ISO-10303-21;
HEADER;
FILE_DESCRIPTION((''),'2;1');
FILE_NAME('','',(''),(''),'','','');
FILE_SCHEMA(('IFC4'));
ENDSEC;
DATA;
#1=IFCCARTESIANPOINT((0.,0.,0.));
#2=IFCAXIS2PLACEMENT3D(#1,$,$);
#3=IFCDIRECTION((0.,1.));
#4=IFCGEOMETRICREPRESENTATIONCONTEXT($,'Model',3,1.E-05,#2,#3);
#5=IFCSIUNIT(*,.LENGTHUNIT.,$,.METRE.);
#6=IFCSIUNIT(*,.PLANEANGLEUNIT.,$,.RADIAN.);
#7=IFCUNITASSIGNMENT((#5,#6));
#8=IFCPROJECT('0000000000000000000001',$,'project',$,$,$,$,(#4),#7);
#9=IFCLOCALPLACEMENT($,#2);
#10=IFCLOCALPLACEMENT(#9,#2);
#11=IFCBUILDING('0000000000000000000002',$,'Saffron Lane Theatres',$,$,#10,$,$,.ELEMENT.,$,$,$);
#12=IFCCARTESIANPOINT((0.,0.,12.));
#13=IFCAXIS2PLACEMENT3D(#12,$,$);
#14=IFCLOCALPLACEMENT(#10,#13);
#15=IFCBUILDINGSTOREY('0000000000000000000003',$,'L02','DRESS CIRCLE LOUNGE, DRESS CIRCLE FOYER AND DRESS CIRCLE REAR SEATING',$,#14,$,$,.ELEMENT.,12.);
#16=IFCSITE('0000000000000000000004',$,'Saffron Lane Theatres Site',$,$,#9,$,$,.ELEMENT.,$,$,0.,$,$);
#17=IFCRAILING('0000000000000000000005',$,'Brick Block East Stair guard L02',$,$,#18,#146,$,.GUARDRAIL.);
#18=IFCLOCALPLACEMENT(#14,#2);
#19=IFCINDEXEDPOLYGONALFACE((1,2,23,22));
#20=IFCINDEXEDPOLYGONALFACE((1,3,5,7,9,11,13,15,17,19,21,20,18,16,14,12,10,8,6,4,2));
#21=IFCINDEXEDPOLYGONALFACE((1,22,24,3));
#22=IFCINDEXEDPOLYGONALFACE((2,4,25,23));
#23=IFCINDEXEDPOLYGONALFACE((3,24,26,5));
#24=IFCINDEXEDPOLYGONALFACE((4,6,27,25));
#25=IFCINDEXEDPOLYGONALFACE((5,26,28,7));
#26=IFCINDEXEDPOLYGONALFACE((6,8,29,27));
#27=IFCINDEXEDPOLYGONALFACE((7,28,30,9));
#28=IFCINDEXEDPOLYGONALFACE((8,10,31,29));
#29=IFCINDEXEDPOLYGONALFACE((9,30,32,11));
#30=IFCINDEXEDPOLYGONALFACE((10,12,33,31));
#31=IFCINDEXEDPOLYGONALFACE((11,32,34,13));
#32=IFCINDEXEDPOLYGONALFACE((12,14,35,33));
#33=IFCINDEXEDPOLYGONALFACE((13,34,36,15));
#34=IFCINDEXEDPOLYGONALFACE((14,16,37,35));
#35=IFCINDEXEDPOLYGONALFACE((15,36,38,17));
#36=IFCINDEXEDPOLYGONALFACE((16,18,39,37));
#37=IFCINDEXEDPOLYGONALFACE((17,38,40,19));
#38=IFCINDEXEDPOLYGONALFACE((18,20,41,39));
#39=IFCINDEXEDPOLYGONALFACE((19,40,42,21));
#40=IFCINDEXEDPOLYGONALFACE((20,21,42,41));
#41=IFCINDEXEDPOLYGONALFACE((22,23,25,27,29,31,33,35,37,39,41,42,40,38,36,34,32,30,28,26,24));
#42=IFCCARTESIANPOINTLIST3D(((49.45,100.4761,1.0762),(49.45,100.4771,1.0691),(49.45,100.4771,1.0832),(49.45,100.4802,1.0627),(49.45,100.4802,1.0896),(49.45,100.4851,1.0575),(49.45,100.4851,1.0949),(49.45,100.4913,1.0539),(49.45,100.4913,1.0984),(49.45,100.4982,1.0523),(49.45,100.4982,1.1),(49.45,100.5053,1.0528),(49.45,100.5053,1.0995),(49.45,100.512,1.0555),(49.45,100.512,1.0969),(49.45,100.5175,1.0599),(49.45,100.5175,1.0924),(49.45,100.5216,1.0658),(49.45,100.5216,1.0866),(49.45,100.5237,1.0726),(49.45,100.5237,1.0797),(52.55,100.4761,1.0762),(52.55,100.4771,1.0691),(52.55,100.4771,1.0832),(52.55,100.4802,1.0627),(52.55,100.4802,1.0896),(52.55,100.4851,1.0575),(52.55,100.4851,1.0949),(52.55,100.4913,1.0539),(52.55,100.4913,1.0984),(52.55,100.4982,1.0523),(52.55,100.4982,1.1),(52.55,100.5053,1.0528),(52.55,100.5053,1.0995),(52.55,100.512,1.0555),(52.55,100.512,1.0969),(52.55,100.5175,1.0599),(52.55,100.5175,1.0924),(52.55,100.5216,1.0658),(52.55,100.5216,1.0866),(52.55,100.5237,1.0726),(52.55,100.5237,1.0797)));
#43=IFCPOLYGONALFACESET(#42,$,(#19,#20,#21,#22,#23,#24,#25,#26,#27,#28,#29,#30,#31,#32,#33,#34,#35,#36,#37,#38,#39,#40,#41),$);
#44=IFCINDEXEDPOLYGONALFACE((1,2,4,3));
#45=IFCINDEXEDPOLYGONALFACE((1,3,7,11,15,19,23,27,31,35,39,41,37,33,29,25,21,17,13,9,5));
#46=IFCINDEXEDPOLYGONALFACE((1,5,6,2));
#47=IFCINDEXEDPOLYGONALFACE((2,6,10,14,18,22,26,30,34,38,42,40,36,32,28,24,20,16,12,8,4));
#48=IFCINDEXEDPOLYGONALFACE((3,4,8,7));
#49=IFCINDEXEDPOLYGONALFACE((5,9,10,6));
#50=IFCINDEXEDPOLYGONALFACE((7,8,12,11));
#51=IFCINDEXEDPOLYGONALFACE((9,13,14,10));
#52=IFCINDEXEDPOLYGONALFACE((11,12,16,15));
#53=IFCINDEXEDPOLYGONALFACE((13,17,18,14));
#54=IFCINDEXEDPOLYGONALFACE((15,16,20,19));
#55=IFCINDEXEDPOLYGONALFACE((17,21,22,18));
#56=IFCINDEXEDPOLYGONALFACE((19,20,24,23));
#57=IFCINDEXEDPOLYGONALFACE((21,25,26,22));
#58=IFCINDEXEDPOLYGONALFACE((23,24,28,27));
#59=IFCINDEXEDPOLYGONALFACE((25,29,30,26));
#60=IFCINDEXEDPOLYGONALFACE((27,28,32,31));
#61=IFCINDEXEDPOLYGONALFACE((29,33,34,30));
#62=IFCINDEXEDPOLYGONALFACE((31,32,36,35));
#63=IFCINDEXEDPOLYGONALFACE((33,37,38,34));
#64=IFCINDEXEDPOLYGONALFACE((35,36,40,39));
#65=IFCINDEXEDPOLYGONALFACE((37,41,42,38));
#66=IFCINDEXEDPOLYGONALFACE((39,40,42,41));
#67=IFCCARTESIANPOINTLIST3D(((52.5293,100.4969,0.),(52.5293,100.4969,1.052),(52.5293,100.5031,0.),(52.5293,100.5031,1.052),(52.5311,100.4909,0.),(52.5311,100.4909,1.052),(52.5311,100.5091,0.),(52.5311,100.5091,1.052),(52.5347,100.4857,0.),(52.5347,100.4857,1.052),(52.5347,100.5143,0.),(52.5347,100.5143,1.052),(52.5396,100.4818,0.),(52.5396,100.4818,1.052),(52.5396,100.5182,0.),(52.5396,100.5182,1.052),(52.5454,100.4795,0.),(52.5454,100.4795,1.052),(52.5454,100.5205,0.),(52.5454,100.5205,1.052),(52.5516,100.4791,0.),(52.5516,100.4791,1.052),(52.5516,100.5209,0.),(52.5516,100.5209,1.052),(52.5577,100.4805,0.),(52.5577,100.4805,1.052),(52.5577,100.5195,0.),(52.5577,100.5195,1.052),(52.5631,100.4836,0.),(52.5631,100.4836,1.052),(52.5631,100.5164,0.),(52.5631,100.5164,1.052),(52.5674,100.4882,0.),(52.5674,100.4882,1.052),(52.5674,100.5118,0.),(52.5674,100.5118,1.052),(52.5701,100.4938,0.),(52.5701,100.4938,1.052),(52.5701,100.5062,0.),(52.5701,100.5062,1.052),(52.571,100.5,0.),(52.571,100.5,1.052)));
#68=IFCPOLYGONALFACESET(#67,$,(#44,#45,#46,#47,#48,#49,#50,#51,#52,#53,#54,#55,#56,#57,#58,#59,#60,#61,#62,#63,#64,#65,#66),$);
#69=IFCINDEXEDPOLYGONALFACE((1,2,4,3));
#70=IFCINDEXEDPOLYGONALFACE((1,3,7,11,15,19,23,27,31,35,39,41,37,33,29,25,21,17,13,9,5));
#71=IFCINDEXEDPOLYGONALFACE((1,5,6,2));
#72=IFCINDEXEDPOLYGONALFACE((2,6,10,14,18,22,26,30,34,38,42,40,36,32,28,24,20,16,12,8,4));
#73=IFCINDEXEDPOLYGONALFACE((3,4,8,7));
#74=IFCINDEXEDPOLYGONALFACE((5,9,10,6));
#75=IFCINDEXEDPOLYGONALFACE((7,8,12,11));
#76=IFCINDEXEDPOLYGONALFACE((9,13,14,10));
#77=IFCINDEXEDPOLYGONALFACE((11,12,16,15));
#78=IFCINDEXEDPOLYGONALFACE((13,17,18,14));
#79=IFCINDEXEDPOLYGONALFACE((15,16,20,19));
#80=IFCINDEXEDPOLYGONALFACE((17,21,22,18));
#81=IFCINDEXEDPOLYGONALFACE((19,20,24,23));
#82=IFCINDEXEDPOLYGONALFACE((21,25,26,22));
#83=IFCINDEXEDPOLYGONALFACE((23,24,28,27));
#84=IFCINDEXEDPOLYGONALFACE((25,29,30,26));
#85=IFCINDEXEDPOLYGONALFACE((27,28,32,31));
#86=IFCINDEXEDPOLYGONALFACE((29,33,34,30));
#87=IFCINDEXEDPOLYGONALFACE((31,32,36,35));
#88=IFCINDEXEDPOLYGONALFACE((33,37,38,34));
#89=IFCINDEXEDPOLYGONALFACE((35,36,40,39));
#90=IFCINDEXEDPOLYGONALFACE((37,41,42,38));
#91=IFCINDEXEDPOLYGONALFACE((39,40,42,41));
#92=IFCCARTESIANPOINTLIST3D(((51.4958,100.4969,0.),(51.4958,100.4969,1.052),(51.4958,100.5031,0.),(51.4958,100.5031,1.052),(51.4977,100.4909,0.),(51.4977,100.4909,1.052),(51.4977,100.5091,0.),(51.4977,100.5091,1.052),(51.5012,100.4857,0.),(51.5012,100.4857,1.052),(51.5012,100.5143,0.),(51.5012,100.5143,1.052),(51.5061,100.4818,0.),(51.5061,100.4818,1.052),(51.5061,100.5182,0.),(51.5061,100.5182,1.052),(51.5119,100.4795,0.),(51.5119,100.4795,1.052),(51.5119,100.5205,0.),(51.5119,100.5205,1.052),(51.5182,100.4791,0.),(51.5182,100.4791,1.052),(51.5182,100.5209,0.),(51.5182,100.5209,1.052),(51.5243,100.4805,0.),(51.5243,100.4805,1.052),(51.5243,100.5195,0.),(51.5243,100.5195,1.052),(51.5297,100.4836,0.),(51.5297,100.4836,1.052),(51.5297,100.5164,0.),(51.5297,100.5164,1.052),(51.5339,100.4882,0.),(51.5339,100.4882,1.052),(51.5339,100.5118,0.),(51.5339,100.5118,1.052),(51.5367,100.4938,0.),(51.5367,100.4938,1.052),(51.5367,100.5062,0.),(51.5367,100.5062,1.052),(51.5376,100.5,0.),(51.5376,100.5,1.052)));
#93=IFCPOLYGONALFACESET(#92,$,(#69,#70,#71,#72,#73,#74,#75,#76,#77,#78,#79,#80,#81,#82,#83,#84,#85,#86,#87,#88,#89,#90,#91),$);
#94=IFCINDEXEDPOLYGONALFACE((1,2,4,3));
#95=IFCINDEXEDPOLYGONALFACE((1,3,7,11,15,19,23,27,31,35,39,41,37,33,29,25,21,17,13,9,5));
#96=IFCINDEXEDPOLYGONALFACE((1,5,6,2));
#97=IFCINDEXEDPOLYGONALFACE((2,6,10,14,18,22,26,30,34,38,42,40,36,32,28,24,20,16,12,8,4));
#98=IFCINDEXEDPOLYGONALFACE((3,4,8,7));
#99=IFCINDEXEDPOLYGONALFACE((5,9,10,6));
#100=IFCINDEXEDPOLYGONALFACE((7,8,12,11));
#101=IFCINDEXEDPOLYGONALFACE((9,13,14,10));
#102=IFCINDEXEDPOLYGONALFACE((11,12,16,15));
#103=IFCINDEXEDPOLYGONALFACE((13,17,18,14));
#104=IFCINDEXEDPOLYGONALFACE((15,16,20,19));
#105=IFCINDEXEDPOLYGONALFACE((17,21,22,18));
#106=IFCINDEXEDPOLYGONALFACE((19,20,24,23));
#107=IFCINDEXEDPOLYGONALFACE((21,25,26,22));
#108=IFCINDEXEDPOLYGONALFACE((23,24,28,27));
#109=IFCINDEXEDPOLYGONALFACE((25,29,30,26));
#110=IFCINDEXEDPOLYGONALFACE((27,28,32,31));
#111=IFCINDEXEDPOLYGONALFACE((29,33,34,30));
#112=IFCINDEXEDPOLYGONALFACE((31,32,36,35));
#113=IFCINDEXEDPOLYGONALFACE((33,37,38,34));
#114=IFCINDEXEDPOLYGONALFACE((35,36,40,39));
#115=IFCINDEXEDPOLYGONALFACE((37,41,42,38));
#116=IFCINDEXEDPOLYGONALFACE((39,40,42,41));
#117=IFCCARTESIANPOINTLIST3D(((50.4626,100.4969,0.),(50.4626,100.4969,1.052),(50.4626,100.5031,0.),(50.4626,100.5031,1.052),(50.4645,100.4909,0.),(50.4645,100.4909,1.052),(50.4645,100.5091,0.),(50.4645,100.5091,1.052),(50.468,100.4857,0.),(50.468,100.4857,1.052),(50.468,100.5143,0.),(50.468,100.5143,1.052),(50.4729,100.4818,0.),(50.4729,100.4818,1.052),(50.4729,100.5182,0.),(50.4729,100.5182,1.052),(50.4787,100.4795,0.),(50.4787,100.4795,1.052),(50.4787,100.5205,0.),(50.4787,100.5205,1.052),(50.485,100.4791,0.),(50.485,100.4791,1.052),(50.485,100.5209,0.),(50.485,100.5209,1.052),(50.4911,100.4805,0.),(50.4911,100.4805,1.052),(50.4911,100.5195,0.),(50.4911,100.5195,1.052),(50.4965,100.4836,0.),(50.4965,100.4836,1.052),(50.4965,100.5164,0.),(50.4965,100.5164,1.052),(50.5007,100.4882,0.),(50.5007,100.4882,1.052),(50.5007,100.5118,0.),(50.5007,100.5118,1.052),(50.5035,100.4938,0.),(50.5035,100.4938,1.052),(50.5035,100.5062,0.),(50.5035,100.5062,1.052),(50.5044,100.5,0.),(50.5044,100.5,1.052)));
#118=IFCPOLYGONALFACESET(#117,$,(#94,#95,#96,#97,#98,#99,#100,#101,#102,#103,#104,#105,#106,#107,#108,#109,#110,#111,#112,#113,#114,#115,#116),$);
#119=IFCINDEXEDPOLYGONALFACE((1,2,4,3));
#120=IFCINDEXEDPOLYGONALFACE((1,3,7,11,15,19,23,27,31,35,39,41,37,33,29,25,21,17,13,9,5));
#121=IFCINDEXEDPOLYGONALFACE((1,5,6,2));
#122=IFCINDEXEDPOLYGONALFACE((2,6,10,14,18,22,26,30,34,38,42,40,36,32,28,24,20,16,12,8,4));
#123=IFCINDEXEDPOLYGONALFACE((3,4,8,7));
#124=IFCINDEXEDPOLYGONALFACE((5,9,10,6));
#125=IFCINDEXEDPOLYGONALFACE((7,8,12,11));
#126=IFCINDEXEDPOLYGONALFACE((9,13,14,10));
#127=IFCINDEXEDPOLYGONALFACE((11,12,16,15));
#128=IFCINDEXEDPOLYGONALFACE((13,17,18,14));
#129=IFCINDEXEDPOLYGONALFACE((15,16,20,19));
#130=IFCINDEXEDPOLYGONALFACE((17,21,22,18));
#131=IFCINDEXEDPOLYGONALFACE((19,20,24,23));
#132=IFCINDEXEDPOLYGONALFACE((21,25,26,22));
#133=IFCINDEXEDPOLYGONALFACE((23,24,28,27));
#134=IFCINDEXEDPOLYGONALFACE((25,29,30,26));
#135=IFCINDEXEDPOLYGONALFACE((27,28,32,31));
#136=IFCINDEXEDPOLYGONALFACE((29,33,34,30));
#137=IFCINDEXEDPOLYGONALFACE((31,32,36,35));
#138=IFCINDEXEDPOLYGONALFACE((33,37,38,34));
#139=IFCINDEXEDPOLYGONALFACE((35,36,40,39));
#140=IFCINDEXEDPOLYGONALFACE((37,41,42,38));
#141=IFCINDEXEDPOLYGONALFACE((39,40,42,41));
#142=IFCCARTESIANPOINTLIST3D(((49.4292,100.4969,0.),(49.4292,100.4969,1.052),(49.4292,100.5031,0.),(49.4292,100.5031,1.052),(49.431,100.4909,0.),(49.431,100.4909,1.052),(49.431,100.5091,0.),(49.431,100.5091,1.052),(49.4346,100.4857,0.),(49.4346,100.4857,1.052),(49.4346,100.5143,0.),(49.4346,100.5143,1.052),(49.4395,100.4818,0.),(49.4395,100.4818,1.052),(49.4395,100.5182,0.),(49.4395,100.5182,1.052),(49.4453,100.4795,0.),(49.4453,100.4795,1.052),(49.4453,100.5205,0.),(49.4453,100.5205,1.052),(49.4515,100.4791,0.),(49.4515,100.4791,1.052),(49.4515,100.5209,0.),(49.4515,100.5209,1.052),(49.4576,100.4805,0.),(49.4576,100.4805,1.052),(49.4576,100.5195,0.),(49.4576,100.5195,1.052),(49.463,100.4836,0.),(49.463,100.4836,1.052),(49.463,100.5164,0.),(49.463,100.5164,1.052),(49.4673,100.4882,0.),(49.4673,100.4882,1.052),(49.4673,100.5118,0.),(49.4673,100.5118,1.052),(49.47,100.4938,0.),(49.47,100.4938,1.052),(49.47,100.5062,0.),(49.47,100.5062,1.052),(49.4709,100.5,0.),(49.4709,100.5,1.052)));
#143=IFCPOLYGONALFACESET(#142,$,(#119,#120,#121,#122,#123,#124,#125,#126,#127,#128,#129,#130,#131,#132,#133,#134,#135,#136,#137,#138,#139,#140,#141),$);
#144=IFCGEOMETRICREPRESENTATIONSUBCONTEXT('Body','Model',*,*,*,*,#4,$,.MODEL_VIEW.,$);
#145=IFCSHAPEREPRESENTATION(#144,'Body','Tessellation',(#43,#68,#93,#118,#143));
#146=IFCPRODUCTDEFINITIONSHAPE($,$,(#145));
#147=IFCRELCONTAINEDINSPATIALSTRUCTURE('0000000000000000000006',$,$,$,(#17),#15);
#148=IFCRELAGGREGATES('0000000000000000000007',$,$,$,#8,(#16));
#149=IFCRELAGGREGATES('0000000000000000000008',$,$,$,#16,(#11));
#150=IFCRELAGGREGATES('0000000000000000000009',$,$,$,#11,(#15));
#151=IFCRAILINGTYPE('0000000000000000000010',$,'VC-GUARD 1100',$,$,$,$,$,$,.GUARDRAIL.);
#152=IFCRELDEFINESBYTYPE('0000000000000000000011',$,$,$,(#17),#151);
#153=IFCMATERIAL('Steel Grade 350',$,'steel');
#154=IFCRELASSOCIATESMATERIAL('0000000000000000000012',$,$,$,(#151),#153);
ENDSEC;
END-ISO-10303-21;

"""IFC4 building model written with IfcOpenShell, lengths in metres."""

from ifc_helpers import new_model, si_unit, direction, frame, origin, origin_2d, place, context, subcontext, project, spatial, circle, extrude, material, type_object, element, save


model = new_model("IFC4")

# Units and contexts
model_context = context("Model", 3, precision=1e-05, world=origin(), true_north=direction((0.0, 1.0)))
body_context = subcontext(model_context, "Body", "Model", "MODEL_VIEW")
ifc_project = project(units=[si_unit("LENGTHUNIT", "METRE"), si_unit("PLANEANGLEUNIT", "RADIAN")], contexts=[model_context])

# Site, building, storey
site_placement = place(None, origin())
site = spatial("IfcSite", under=ifc_project, at=site_placement, Name="Saffron Lane Theatres Site", CompositionType="ELEMENT", RefElevation=0.0)
building_placement = place(site_placement, origin())
building = spatial("IfcBuilding", under=site, at=building_placement, Name="Saffron Lane Theatres", CompositionType="ELEMENT")
storey_placement = place(building_placement, frame((0.0, 0.0, 12.0)))
storey = spatial("IfcBuildingStorey", under=building, at=storey_placement, Name="L02", Description="DRESS CIRCLE LOUNGE, DRESS CIRCLE FOYER AND DRESS CIRCLE REAR SEATING", CompositionType="ELEMENT", Elevation=12.0)

# Railing
ifc_material_1 = material(Name="Steel Grade 350", Category="steel")
railing_type_1 = type_object("IfcRailingType", Name="VC-GUARD 1100", PredefinedType="GUARDRAIL", material=ifc_material_1)
railing_1_placement = place(storey_placement, frame((52.55, 100.5, 0.0)))
element("IfcRailing", 1, at=railing_1_placement, inside=storey, type_object=railing_type_1, Name="Brick Block East Stair guard L02", PredefinedType="GUARDRAIL", context=body_context, shape_type="SweptSolid", body=[
    extrude(circle(Radius=0.0239, at=origin_2d()), frame((0.0, 0.0, 1.0762), z_axis=(-1.0, 0.0, 0.0), x_axis=(0.0, -1.0, 0.0)), (0.0, 0.0, 1.0), 3.1001),
    extrude(circle(Radius=0.021, at=origin_2d()), origin(), (0.0, 0.0, 1.0), 1.052),
    extrude(circle(Radius=0.021, at=origin_2d()), frame((-1.0334, 0.0, 0.0)), (0.0, 0.0, 1.0), 1.052),
    extrude(circle(Radius=0.021, at=origin_2d()), frame((-2.0667, 0.0, 0.0)), (0.0, 0.0, 1.0), 1.052),
    extrude(circle(Radius=0.021, at=origin_2d()), frame((-3.1001, 0.0, 0.0)), (0.0, 0.0, 1.0), 1.052),
])

save(model, "model.ifc")
